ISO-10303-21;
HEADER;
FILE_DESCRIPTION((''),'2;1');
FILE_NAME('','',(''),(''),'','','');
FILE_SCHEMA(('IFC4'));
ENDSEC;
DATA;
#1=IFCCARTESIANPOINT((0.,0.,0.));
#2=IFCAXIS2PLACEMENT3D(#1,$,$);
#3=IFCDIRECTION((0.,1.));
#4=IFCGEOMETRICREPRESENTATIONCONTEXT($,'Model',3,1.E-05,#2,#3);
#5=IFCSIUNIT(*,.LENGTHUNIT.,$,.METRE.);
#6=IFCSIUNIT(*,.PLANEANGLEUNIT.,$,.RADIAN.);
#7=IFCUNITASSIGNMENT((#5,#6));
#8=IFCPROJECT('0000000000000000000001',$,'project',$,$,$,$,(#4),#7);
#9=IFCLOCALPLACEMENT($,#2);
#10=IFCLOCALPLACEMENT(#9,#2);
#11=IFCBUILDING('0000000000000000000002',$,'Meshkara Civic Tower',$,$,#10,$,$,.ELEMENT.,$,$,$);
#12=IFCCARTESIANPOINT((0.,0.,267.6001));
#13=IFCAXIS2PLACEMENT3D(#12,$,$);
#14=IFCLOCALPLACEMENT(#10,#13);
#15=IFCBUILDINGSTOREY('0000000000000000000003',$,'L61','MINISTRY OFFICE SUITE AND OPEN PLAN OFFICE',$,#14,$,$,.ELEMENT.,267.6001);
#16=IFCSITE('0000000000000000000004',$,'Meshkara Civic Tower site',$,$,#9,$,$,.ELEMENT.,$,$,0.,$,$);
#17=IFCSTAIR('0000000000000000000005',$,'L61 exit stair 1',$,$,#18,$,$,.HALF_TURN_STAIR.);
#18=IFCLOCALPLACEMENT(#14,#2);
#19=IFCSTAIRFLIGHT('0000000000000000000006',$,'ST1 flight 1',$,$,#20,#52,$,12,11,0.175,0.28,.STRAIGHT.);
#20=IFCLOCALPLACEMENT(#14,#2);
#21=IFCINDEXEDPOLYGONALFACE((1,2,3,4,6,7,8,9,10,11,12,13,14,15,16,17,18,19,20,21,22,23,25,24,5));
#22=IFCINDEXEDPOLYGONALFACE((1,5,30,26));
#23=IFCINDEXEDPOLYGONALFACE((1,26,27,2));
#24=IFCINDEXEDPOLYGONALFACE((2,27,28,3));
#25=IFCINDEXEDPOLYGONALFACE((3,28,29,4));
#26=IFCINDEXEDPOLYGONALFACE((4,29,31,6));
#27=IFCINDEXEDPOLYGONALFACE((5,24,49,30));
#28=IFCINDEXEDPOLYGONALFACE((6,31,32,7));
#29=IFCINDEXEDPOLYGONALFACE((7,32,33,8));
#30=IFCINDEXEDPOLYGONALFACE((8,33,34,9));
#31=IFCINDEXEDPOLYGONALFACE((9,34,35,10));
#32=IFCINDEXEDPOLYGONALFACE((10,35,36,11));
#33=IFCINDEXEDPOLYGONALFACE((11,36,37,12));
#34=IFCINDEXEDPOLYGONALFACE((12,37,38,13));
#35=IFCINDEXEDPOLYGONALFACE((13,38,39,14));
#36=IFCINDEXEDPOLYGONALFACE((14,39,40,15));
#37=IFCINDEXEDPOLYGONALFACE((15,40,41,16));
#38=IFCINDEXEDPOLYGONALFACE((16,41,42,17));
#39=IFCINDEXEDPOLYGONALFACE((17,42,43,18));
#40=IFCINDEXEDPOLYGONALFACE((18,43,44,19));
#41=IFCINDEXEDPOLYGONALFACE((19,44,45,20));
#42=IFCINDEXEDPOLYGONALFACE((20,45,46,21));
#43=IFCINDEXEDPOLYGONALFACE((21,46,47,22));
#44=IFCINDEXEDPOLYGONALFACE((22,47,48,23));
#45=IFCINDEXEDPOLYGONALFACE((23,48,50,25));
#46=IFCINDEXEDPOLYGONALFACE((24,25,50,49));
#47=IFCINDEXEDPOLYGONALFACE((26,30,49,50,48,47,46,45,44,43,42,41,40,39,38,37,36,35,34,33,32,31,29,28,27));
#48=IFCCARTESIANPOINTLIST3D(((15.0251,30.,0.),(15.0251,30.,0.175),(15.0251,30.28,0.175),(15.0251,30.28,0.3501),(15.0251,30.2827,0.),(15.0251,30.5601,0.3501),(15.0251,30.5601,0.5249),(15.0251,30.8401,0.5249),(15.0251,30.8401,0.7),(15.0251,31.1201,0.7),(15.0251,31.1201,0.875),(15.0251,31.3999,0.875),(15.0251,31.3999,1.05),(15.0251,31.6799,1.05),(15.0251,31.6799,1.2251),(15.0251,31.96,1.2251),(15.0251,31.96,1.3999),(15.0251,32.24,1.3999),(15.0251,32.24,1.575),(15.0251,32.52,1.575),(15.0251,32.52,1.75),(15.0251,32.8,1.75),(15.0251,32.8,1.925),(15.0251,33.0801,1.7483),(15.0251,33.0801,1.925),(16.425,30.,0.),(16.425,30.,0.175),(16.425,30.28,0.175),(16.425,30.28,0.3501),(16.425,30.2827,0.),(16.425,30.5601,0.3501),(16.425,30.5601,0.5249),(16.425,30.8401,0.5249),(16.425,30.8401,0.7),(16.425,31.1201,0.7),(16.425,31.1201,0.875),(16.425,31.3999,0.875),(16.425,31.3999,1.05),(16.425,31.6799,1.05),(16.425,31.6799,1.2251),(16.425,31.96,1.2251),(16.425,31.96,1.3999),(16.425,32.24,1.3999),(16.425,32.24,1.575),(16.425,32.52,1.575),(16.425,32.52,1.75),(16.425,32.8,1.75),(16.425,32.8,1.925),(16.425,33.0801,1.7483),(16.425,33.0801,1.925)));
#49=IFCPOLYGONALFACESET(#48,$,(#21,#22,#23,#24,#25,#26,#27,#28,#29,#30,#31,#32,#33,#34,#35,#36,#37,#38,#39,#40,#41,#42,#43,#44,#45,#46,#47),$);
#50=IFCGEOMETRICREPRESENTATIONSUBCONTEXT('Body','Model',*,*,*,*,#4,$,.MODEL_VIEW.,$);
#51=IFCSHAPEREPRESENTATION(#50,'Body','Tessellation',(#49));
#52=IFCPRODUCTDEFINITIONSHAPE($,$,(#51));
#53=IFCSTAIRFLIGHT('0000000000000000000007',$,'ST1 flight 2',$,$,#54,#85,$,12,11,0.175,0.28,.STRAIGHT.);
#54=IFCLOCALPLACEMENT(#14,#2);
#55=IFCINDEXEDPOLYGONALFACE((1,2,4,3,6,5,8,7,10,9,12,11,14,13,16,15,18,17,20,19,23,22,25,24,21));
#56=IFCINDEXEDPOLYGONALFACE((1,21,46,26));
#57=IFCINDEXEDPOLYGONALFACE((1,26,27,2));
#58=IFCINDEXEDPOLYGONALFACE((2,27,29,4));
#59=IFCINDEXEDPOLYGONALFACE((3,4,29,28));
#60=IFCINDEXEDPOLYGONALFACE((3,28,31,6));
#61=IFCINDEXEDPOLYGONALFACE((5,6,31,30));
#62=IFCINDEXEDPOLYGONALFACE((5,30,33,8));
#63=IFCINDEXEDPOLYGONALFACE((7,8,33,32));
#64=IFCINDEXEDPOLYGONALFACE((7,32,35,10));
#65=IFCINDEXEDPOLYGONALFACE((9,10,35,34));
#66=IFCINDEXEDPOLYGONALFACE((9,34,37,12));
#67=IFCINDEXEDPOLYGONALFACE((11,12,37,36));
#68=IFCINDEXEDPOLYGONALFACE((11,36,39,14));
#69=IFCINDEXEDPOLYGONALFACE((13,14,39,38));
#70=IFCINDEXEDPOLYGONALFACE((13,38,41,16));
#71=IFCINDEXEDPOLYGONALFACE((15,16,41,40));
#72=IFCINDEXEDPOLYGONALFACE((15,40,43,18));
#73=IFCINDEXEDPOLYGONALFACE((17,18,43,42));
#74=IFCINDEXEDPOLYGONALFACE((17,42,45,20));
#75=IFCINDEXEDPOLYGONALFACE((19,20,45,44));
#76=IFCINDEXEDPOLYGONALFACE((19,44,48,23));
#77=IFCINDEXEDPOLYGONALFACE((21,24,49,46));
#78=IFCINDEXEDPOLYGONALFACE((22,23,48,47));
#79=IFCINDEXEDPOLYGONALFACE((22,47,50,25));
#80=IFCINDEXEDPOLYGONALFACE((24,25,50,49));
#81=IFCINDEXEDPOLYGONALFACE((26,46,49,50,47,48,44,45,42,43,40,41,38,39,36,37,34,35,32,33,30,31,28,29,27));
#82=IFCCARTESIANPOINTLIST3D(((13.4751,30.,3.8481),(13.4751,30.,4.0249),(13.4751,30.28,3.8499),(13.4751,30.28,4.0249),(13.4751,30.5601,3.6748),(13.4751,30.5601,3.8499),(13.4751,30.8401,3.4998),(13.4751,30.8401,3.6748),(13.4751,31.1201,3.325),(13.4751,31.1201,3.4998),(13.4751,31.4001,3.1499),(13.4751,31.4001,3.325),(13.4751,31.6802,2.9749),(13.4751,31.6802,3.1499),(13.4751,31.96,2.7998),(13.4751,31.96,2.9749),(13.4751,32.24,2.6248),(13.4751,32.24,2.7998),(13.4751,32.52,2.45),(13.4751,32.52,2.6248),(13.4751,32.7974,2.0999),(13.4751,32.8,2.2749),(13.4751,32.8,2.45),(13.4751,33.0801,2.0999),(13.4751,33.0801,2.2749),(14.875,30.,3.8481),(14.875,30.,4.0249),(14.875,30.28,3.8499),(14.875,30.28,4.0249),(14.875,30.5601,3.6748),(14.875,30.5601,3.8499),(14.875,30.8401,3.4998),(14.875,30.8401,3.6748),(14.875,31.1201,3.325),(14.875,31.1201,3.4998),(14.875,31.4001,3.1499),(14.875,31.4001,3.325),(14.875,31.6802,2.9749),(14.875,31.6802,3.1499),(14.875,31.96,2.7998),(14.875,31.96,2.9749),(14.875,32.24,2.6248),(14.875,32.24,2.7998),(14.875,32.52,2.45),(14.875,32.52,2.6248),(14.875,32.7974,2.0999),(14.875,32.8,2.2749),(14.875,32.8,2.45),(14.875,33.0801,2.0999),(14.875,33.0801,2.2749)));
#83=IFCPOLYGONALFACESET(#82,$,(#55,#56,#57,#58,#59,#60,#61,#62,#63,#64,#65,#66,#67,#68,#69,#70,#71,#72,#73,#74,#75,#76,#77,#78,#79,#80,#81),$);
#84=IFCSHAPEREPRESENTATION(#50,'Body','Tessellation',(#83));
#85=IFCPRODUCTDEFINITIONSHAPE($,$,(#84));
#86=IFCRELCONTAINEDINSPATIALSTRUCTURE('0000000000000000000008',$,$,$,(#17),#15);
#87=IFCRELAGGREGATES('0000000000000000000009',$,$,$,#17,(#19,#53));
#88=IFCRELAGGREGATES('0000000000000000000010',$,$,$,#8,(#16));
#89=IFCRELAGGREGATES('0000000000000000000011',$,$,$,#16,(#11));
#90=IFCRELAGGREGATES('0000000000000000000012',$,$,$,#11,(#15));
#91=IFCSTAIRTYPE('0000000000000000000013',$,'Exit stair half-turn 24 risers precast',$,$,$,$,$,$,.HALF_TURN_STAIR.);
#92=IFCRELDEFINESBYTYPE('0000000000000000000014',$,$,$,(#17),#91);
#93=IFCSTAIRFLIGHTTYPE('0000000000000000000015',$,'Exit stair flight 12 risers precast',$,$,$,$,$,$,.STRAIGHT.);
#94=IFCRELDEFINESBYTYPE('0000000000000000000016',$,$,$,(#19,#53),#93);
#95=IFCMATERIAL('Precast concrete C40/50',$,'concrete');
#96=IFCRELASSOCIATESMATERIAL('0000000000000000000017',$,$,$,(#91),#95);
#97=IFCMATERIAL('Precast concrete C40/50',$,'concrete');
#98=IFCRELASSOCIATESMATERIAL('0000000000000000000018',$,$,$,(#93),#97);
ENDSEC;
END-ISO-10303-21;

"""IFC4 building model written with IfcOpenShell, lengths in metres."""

from ifc_helpers import new_model, si_unit, direction, frame, origin, place, context, subcontext, project, spatial, polyline, outline, extrude, material, type_object, element, aggregate, save


model = new_model("IFC4")

# Units and contexts
model_context = context("Model", 3, precision=1e-05, world=origin(), true_north=direction((0.0, 1.0)))
body_context = subcontext(model_context, "Body", "Model", "MODEL_VIEW")
ifc_project = project(units=[si_unit("LENGTHUNIT", "METRE"), si_unit("PLANEANGLEUNIT", "RADIAN")], contexts=[model_context])

# Site, building, storey
site_placement = place(None, origin())
site = spatial("IfcSite", under=ifc_project, at=site_placement, Name="Meshkara Civic Tower site", CompositionType="ELEMENT", RefElevation=0.0)
building_placement = place(site_placement, origin())
building = spatial("IfcBuilding", under=site, at=building_placement, Name="Meshkara Civic Tower", CompositionType="ELEMENT")
storey_placement = place(building_placement, frame((0.0, 0.0, 267.6001)))
storey = spatial("IfcBuildingStorey", under=building, at=storey_placement, Name="L61", Description="MINISTRY OFFICE SUITE AND OPEN PLAN OFFICE", CompositionType="ELEMENT", Elevation=267.6001)

# Stair, stair flights
ifc_material_1 = material(Name="Precast concrete C40/50", Category="concrete")
stair_type = type_object("IfcStairType", Name="Exit stair half-turn 24 risers precast", PredefinedType="HALF_TURN_STAIR", material=ifc_material_1)
stair_placement = place(storey_placement, origin())
stair = element("IfcStair", 1, at=stair_placement, inside=storey, type_object=stair_type, Name="L61 exit stair 1", PredefinedType="HALF_TURN_STAIR")
ifc_material_2 = material(Name="Precast concrete C40/50", Category="concrete")
stair_flight_type = type_object("IfcStairFlightType", Name="Exit stair flight 12 risers precast", PredefinedType="STRAIGHT", material=ifc_material_2)
stair_flight_1_placement = place(storey_placement, frame((15.7251, 30.0, 0.0), z_axis=(0.0, 0.0, 1.0), x_axis=(0.0, 1.0, 0.0)))
stair_flight_1 = element("IfcStairFlight", 2, at=stair_flight_1_placement, type_object=stair_flight_type, Name="ST1 flight 1", NumberOfRisers=12, NumberOfTreads=11, PredefinedType="STRAIGHT", RiserHeight=0.175, TreadLength=0.28, context=body_context, shape_type="SweptSolid", body=[
    extrude(outline(polyline([(0.0, 0.0), (0.0, 0.175), (0.28, 0.175), (0.28, 0.3501), (0.5601, 0.3501), (0.5601, 0.5249), (0.8401, 0.5249), (0.8401, 0.7), (1.1201, 0.7), (1.1201, 0.875), (1.3999, 0.875), (1.3999, 1.05), (1.6799, 1.05), (1.6799, 1.2251), (1.96, 1.2251), (1.96, 1.3999), (2.24, 1.3999), (2.24, 1.575), (2.52, 1.575), (2.52, 1.75), (2.8, 1.75), (2.8, 1.925), (3.0801, 1.925), (3.0801, 2.1001), (3.0801, 1.7483), (0.2827, 0.0), (0.0, 0.0)])), frame((0.0, 0.7, 0.0), z_axis=(0.0, -1.0, 0.0), x_axis=(1.0, 0.0, 0.0)), (0.0, 0.0, 1.0), 1.3999),
])
stair_flight_2_placement = place(storey_placement, frame((14.175, 33.0801, 2.0999), z_axis=(0.0, 0.0, 1.0), x_axis=(0.0, -1.0, 0.0)))
stair_flight_2 = element("IfcStairFlight", 3, at=stair_flight_2_placement, type_object=stair_flight_type, Name="ST1 flight 2", NumberOfRisers=12, NumberOfTreads=11, PredefinedType="STRAIGHT", RiserHeight=0.175, TreadLength=0.28, context=body_context, shape_type="SweptSolid", body=[
    extrude(outline(polyline([(0.0, 0.0), (0.0, 0.175), (0.28, 0.175), (0.28, 0.3501), (0.5601, 0.3501), (0.5601, 0.5249), (0.8401, 0.5249), (0.8401, 0.7), (1.1201, 0.7), (1.1201, 0.875), (1.3999, 0.875), (1.3999, 1.05), (1.6799, 1.05), (1.6799, 1.2251), (1.96, 1.2251), (1.96, 1.3999), (2.24, 1.3999), (2.24, 1.575), (2.52, 1.575), (2.52, 1.75), (2.8, 1.75), (2.8, 1.925), (3.0801, 1.925), (3.0801, 2.1001), (3.0801, 1.7483), (0.2827, 0.0), (0.0, 0.0)])), frame((0.0, 0.7, 0.0), z_axis=(0.0, -1.0, 0.0), x_axis=(1.0, 0.0, 0.0)), (0.0, 0.0, 1.0), 1.3999),
])
aggregate(stair, [stair_flight_1, stair_flight_2])

save(model, "model.ifc")
